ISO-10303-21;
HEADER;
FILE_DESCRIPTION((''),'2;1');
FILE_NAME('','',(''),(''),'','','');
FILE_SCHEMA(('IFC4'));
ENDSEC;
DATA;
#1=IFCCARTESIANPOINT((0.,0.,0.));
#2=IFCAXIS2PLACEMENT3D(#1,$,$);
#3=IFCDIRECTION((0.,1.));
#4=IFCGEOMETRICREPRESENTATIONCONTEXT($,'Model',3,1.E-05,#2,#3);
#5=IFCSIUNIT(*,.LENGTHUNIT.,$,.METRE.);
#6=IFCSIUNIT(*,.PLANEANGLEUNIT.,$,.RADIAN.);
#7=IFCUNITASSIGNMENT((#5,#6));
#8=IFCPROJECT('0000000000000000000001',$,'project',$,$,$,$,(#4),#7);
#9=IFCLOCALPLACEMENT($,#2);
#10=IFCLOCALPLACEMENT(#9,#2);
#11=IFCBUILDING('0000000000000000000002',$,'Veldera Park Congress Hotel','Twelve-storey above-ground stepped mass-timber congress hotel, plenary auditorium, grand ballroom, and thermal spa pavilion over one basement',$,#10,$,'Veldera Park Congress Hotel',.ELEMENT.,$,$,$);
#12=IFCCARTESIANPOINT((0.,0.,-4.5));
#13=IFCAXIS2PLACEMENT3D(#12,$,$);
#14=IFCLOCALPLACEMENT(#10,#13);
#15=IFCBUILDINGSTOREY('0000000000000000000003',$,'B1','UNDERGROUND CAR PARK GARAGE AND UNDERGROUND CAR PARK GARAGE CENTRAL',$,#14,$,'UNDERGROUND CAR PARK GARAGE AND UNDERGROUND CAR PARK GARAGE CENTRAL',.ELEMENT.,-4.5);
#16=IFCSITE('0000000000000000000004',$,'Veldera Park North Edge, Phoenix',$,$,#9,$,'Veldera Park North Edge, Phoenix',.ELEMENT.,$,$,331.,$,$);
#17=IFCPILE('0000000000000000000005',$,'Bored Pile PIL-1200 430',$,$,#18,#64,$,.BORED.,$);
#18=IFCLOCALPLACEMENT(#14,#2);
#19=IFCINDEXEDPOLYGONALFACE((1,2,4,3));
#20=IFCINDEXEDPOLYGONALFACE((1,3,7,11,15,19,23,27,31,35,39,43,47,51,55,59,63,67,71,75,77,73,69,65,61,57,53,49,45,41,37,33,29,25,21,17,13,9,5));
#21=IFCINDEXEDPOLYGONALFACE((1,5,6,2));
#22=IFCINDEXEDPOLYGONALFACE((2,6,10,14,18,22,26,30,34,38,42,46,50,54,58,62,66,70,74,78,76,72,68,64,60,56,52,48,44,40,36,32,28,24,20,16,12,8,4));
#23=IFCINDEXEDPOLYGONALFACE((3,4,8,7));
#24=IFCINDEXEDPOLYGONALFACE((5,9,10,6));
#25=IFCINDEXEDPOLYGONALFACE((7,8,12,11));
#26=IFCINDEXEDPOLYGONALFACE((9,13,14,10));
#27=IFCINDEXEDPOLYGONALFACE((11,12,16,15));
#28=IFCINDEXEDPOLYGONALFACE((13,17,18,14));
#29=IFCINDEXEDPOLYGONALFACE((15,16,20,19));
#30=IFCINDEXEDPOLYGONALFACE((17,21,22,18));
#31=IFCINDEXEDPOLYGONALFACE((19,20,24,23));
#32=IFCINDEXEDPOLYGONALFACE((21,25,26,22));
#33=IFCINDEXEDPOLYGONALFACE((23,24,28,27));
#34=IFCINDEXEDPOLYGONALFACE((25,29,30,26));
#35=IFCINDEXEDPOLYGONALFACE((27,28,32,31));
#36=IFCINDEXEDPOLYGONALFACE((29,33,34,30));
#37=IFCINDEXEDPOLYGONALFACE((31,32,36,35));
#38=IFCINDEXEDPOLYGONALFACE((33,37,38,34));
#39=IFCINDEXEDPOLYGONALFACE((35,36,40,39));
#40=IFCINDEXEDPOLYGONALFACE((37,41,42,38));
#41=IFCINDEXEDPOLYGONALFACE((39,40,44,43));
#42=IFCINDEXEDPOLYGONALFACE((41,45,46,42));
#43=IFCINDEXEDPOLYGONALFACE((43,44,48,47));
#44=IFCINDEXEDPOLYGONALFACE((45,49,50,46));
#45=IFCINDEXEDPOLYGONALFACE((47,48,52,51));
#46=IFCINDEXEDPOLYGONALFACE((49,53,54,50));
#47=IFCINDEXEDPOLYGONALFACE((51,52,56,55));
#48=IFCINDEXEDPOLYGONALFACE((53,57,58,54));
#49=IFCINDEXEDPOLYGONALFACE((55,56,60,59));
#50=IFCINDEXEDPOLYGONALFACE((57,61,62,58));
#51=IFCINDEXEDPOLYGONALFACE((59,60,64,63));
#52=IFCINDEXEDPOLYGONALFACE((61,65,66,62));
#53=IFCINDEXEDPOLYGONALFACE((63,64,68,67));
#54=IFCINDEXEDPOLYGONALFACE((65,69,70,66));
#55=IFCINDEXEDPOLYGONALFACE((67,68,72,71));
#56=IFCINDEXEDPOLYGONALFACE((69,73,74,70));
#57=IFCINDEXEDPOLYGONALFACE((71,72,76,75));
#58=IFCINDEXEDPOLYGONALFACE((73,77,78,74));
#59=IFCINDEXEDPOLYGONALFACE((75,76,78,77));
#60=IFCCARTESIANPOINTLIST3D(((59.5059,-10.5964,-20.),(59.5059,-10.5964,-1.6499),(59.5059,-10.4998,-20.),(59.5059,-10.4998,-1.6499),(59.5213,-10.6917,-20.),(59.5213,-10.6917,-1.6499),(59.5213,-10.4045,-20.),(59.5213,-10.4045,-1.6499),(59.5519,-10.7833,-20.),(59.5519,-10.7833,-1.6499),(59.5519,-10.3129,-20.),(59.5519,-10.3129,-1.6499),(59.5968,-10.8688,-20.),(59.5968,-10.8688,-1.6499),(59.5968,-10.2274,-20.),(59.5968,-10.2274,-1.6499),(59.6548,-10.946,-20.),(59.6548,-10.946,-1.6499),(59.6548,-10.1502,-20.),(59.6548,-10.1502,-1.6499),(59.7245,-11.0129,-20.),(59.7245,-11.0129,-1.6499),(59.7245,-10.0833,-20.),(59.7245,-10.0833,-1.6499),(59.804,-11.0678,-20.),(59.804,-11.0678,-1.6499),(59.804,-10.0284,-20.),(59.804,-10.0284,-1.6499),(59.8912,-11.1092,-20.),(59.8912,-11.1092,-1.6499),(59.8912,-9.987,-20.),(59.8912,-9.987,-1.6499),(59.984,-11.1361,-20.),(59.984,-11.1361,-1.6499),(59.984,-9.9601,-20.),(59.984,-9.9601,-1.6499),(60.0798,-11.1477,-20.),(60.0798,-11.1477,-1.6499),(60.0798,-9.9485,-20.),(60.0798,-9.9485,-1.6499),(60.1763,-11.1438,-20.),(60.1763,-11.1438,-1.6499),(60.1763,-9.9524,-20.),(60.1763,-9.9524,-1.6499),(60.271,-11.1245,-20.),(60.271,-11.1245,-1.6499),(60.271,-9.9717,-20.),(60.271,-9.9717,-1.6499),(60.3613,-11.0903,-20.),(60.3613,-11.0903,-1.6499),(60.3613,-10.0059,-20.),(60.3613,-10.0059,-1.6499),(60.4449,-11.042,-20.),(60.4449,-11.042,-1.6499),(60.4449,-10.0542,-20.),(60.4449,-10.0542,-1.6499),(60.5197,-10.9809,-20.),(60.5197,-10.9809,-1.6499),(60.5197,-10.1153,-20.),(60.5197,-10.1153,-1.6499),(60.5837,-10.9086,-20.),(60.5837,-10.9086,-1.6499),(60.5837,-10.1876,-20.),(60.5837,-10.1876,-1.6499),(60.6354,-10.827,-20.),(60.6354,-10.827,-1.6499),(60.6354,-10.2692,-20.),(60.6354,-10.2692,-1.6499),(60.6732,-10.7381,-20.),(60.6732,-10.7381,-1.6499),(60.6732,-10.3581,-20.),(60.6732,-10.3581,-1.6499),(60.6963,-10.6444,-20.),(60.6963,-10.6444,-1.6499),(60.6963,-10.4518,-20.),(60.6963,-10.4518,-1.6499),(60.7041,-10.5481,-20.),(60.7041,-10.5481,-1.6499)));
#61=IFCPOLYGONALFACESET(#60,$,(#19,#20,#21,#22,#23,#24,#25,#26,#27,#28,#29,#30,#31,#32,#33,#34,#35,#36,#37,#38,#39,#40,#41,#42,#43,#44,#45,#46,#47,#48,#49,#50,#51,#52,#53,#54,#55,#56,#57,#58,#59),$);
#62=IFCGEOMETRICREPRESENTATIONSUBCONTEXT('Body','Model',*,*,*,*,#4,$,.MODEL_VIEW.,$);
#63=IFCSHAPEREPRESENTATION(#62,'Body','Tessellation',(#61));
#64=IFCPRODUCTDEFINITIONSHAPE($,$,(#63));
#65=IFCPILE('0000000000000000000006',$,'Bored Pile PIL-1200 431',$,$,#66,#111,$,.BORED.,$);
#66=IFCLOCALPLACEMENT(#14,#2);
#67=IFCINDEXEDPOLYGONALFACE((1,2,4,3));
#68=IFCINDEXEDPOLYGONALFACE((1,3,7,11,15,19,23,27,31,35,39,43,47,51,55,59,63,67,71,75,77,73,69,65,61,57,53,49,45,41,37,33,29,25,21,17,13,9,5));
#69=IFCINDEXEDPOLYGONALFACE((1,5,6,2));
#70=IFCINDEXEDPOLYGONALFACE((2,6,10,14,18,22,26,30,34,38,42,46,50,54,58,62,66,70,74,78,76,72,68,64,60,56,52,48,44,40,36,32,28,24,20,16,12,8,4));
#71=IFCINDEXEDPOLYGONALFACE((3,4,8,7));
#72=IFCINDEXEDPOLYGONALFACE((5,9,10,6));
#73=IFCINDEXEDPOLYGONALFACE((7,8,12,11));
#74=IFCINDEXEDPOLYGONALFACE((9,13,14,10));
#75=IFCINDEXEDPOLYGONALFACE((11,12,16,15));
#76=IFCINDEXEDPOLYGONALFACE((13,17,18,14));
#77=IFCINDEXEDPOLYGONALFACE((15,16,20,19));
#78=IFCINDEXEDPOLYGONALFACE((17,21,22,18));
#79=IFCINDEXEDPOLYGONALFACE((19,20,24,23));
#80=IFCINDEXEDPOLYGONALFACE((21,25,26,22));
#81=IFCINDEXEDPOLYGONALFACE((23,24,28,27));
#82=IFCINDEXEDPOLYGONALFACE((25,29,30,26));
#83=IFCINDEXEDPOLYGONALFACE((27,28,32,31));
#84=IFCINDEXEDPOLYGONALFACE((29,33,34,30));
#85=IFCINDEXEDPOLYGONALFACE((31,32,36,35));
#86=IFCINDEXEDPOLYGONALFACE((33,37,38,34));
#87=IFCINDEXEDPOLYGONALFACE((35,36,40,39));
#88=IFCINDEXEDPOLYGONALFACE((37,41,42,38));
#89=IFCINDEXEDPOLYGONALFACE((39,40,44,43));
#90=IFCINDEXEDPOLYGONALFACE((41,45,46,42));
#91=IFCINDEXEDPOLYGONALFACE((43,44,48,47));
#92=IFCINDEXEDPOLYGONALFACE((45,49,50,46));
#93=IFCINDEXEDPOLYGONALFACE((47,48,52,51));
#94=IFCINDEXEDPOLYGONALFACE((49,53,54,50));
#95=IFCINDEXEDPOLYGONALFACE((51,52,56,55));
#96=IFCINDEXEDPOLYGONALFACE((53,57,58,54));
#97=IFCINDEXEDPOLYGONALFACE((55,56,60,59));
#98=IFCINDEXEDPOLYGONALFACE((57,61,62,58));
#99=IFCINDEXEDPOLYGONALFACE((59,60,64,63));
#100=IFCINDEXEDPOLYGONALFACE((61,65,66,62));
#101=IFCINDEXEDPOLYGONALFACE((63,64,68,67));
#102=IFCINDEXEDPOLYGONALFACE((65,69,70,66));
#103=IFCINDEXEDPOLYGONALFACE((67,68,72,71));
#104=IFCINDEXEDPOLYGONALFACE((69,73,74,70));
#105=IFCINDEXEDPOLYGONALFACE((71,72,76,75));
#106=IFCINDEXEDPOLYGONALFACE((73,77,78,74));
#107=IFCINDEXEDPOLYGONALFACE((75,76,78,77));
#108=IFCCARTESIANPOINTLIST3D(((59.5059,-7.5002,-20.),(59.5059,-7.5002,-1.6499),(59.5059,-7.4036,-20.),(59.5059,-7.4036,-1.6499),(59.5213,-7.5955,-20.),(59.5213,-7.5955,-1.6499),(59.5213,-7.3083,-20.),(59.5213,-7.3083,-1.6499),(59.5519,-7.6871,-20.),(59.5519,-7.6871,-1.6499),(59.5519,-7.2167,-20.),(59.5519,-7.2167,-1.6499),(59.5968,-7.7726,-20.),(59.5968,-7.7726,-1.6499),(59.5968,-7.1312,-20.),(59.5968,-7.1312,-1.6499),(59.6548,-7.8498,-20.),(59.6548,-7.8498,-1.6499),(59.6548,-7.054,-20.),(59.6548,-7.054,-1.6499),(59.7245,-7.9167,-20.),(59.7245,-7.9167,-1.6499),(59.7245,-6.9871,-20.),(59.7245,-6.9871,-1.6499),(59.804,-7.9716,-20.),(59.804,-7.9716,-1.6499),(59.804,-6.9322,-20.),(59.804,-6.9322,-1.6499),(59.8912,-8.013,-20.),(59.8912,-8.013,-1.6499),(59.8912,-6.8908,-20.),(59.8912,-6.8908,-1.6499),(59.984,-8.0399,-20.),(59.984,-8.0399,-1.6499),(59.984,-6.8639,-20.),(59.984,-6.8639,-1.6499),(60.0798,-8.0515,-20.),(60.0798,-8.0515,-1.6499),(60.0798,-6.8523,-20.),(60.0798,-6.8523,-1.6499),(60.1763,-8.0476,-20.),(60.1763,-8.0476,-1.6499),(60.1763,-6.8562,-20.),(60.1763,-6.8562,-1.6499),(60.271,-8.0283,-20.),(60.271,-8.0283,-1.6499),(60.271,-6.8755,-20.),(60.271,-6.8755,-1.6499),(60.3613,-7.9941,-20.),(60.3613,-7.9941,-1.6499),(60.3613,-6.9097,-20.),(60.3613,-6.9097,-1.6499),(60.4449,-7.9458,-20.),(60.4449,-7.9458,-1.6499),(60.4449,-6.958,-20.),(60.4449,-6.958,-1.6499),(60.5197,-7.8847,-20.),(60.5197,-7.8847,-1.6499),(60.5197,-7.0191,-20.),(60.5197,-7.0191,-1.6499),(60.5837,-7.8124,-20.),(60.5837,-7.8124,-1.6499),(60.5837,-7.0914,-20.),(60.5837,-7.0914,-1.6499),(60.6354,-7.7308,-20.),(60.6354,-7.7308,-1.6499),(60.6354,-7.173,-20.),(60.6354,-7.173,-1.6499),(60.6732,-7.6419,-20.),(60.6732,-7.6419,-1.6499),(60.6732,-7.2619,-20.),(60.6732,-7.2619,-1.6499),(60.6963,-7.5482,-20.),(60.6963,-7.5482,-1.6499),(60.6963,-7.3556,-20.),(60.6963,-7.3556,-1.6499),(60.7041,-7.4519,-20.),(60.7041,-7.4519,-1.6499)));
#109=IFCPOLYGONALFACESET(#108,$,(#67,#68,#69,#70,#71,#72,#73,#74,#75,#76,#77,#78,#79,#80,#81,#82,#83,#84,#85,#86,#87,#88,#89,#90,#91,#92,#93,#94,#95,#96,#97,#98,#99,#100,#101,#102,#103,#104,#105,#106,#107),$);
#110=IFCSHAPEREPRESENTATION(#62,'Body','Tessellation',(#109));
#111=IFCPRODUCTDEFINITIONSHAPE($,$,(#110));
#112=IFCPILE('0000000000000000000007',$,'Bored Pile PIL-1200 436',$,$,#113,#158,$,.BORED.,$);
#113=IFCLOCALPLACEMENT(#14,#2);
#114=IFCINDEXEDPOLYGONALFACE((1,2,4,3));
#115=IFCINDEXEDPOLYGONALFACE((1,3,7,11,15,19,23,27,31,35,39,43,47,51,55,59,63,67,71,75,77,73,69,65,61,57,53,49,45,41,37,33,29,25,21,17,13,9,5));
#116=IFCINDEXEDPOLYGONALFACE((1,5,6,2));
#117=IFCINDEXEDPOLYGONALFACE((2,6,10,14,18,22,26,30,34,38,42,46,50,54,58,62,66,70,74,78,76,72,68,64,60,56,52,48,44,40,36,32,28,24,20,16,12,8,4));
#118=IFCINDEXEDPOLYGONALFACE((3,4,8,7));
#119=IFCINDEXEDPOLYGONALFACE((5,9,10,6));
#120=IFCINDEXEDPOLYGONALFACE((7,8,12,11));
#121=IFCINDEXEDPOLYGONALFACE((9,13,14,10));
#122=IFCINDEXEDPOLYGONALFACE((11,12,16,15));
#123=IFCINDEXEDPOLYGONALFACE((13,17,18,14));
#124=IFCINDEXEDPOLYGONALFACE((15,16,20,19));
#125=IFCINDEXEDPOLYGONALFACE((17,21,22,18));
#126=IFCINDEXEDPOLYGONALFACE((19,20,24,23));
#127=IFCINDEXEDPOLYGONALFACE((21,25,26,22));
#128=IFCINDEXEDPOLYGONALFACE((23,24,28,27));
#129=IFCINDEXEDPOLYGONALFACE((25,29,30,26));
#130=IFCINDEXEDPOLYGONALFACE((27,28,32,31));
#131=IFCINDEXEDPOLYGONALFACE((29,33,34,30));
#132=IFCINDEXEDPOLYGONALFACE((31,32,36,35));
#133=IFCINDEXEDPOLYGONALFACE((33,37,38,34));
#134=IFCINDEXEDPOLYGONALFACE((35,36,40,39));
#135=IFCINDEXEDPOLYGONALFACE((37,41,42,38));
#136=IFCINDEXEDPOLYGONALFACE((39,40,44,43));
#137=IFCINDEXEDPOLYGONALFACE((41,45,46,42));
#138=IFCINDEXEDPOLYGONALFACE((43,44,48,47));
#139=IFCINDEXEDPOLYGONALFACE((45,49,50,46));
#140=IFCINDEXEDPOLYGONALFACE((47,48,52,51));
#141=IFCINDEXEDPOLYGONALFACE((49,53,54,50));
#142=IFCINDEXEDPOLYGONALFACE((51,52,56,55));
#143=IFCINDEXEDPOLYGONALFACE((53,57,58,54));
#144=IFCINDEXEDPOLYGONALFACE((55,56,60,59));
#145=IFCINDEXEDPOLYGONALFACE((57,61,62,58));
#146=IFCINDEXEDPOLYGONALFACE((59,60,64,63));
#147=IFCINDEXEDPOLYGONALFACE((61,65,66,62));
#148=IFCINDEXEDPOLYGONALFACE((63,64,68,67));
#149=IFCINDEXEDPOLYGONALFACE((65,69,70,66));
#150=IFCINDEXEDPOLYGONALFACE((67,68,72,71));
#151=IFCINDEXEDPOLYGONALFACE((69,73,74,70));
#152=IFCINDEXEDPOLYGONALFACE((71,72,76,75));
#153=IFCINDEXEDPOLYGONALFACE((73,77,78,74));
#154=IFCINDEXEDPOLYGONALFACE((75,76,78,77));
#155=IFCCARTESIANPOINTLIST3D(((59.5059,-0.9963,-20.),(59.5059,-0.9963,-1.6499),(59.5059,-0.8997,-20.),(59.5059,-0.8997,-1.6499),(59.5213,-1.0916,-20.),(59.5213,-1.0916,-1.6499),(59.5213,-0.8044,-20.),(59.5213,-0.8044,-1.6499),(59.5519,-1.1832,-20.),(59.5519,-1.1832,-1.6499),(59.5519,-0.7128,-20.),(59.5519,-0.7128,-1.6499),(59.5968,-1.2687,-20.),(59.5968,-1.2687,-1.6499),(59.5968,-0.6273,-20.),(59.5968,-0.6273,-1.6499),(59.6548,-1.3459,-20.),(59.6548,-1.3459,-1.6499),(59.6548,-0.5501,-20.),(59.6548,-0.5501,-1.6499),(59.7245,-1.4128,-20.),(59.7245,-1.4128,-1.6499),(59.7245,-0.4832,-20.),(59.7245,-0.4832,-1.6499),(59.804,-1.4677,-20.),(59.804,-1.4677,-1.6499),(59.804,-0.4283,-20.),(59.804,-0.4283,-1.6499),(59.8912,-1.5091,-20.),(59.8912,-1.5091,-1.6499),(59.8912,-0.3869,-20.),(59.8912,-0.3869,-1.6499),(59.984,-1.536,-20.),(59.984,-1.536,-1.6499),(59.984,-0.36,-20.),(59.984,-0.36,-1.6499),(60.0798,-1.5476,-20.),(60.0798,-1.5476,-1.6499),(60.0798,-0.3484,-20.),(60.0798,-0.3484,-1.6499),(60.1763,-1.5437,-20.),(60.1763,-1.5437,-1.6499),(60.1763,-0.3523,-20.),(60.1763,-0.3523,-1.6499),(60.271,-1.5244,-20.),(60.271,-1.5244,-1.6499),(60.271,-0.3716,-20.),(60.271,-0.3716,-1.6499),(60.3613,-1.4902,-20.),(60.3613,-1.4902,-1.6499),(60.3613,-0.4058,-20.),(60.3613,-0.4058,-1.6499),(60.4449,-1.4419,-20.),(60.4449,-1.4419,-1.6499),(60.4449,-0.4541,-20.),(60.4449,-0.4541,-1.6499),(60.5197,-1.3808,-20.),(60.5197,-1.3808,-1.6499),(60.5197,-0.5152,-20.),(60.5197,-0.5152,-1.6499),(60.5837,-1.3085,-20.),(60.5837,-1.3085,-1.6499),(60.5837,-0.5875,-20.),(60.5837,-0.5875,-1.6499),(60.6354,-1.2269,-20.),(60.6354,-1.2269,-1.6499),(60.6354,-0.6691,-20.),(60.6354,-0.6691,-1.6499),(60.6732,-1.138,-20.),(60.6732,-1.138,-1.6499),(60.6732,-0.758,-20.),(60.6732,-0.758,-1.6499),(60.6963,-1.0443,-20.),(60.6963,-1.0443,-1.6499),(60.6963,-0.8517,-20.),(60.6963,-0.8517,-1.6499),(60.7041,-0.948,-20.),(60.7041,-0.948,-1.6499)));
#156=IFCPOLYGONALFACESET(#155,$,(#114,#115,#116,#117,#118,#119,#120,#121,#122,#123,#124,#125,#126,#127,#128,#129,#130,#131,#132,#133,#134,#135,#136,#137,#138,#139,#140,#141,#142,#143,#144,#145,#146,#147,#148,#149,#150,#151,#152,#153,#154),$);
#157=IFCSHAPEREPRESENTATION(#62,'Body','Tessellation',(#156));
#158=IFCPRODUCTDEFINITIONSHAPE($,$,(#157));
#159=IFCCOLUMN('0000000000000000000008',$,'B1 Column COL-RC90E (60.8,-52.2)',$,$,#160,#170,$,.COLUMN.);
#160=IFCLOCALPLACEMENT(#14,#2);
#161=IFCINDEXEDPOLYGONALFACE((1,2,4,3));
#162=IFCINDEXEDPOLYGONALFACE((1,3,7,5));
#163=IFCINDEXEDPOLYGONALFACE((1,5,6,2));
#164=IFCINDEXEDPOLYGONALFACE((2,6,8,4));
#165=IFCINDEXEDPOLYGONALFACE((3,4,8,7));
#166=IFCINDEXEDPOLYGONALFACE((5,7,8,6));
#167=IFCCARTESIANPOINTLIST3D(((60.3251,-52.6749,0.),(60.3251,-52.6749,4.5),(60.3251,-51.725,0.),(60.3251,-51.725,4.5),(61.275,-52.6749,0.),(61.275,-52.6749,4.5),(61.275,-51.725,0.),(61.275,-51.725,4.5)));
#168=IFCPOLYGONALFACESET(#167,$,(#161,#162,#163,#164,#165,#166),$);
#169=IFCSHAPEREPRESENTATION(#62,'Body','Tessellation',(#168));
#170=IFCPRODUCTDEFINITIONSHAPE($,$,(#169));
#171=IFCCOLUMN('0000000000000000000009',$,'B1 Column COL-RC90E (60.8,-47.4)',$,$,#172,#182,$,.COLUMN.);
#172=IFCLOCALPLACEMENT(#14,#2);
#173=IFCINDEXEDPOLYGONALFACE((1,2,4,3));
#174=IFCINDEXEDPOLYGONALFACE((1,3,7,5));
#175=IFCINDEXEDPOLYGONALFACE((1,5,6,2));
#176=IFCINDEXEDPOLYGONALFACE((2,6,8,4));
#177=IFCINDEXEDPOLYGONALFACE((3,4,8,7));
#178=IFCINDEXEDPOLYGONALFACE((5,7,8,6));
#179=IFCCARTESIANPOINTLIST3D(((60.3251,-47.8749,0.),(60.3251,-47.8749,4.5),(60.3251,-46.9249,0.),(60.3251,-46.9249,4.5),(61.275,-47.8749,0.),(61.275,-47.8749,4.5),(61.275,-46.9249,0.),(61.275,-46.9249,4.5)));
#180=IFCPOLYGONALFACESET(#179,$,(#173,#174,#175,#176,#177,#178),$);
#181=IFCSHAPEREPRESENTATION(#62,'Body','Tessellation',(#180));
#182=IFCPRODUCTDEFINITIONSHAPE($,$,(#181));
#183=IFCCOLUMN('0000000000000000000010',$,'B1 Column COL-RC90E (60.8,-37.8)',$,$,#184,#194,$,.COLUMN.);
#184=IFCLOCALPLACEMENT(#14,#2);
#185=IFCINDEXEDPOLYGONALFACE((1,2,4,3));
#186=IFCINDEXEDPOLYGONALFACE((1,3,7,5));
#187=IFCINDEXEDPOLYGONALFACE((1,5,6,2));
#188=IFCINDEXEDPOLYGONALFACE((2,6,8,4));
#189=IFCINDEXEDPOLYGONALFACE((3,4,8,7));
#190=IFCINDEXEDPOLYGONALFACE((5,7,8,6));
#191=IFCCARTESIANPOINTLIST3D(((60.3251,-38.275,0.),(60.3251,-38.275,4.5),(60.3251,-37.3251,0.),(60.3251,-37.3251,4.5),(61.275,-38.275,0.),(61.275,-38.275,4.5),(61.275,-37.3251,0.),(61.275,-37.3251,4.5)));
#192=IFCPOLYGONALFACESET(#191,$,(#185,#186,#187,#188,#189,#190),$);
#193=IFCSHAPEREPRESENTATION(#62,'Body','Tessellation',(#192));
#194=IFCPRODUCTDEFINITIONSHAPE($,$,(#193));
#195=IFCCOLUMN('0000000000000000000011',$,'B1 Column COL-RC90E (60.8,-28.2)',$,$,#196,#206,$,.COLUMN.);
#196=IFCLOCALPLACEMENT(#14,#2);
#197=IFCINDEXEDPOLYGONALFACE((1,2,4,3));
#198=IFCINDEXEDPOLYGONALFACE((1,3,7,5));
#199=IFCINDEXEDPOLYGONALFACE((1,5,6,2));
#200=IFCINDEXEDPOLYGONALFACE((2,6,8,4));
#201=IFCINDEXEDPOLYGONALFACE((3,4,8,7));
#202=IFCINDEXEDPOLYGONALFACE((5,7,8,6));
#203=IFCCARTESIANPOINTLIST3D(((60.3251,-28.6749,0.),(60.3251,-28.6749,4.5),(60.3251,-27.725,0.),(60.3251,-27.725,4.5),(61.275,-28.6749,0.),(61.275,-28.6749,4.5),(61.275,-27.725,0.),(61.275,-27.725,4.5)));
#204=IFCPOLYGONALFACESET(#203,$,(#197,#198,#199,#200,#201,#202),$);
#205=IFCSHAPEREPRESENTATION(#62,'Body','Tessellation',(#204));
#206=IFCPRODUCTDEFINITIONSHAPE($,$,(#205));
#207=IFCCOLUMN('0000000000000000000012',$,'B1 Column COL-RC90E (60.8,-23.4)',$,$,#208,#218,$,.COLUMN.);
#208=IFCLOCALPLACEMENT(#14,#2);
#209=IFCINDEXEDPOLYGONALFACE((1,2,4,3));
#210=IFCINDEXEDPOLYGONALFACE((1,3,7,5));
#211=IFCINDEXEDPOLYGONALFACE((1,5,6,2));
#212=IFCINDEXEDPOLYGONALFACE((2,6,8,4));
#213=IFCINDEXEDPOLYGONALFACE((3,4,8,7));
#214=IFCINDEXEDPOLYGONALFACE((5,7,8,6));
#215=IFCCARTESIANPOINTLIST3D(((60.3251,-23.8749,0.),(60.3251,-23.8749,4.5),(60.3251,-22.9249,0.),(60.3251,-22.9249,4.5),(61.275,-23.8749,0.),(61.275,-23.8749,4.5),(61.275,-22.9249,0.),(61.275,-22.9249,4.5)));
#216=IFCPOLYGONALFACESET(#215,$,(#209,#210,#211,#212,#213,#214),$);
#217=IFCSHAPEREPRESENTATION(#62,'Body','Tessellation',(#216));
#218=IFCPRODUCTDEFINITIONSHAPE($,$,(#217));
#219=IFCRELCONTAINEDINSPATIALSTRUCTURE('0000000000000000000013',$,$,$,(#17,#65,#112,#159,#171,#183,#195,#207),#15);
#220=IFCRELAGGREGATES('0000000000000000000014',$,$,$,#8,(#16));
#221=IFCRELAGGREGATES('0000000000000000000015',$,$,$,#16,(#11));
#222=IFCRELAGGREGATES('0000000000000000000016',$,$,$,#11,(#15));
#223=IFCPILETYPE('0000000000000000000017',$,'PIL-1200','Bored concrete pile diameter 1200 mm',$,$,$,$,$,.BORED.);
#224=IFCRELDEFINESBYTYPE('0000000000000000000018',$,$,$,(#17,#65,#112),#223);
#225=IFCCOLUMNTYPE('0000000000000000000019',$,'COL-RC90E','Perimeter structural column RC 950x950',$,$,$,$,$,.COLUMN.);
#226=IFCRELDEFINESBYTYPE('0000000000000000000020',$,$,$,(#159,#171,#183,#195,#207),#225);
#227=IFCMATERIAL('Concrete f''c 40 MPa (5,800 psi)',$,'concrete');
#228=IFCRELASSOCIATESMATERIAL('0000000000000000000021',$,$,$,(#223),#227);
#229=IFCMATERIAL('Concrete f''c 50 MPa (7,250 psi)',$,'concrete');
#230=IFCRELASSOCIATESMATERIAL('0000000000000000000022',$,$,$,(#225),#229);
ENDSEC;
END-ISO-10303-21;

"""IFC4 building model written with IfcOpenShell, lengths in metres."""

from ifc_helpers import new_model, si_unit, direction, frame, origin, origin_2d, place, context, subcontext, project, spatial, rectangle, circle, extrude, material, material_profile, profile_set, type_object, element, save


model = new_model("IFC4")

# Units and contexts
model_context = context("Model", 3, precision=1e-05, world=origin(), true_north=direction((0.0, 1.0)))
body_context = subcontext(model_context, "Body", "Model", "MODEL_VIEW")
ifc_project = project(units=[si_unit("LENGTHUNIT", "METRE"), si_unit("PLANEANGLEUNIT", "RADIAN")], contexts=[model_context])

# Site, building, storey
site_placement = place(None, origin())
site = spatial("IfcSite", under=ifc_project, at=site_placement, Name="Veldera Park North Edge, Phoenix", LongName="Veldera Park North Edge, Phoenix", CompositionType="ELEMENT", RefElevation=331.0)
building_placement = place(site_placement, origin())
building = spatial("IfcBuilding", under=site, at=building_placement, Name="Veldera Park Congress Hotel", Description="Twelve-storey above-ground stepped mass-timber congress hotel, plenary auditorium, grand ballroom, and thermal spa pavilion over one basement", LongName="Veldera Park Congress Hotel", CompositionType="ELEMENT")
storey_placement = place(building_placement, frame((0.0, 0.0, -4.5)))
storey = spatial("IfcBuildingStorey", under=building, at=storey_placement, Name="B1", Description="UNDERGROUND CAR PARK GARAGE AND UNDERGROUND CAR PARK GARAGE CENTRAL", LongName="UNDERGROUND CAR PARK GARAGE AND UNDERGROUND CAR PARK GARAGE CENTRAL", CompositionType="ELEMENT", Elevation=-4.5)

# Shared definitions
ifc_material_1 = material(Name="Concrete f'c 40 MPa (5,800 psi)", Category="concrete")

# Piles
ifc_material_profile_1 = material_profile(ifc_material_1, circle(Radius=0.6001, at=origin_2d()), Name="PILE D1200")
ifc_profile_set_1 = profile_set([ifc_material_profile_1], Name="Concrete f'c 40 MPa (5,800 psi)")
pile_type_1 = type_object("IfcPileType", Name="PIL-1200", Description="Bored concrete pile diameter 1200 mm", PredefinedType="BORED", material=ifc_profile_set_1)
for number, where, z_axis, x_axis, name in (
    (1, (60.104, -10.5481, -1.6499), (0.0, 0.0, -1.0), (1.0, 0.0, 0.0), "Bored Pile PIL-1200 430"),
    (2, (60.104, -7.4519, -1.6499), (0.0, 0.0, -1.0), (1.0, 0.0, 0.0), "Bored Pile PIL-1200 431"),
    (3, (60.104, -0.948, -1.6499), (0.0, 0.0, -1.0), (1.0, 0.0, 0.0), "Bored Pile PIL-1200 436"),
):
    element("IfcPile", number, at=place(storey_placement, frame(where, z_axis=z_axis, x_axis=x_axis)), inside=storey, type_object=pile_type_1, Name=name, PredefinedType="BORED", context=body_context, shape_type="SweptSolid", body=[
        extrude(circle(Radius=0.6001, at=origin_2d()), origin(), (0.0, 0.0, 1.0), 18.3501),
    ])

# Columns
ifc_material_2 = material(Name="Concrete f'c 50 MPa (7,250 psi)", Category="concrete")
ifc_material_profile_2 = material_profile(ifc_material_2, rectangle(XDim=0.95, YDim=0.95, at=origin_2d()), Name="RC 950x950")
ifc_profile_set_2 = profile_set([ifc_material_profile_2], Name="Concrete f'c 50 MPa (7,250 psi)")
column_type = type_object("IfcColumnType", Name="COL-RC90E", Description="Perimeter structural column RC 950x950", PredefinedType="COLUMN", material=ifc_profile_set_2)
for number, where, z_axis, x_axis, name in (
    (4, (60.8, -52.2, 0.0), (0.0, 0.0, 1.0), (1.0, 0.0, 0.0), "B1 Column COL-RC90E (60.8,-52.2)"),
    (5, (60.8, -47.3999, 0.0), (0.0, 0.0, 1.0), (1.0, 0.0, 0.0), "B1 Column COL-RC90E (60.8,-47.4)"),
    (6, (60.8, -37.8, 0.0), (0.0, 0.0, 1.0), (1.0, 0.0, 0.0), "B1 Column COL-RC90E (60.8,-37.8)"),
    (7, (60.8, -28.2, 0.0), (0.0, 0.0, 1.0), (1.0, 0.0, 0.0), "B1 Column COL-RC90E (60.8,-28.2)"),
    (8, (60.8, -23.3999, 0.0), (0.0, 0.0, 1.0), (1.0, 0.0, 0.0), "B1 Column COL-RC90E (60.8,-23.4)"),
):
    element("IfcColumn", number, at=place(storey_placement, frame(where, z_axis=z_axis, x_axis=x_axis)), inside=storey, type_object=column_type, Name=name, PredefinedType="COLUMN", context=body_context, shape_type="SweptSolid", body=[
        extrude(rectangle(XDim=0.95, YDim=0.95, at=origin_2d()), origin(), (0.0, 0.0, 1.0), 4.5),
    ])

save(model, "model.ifc")
